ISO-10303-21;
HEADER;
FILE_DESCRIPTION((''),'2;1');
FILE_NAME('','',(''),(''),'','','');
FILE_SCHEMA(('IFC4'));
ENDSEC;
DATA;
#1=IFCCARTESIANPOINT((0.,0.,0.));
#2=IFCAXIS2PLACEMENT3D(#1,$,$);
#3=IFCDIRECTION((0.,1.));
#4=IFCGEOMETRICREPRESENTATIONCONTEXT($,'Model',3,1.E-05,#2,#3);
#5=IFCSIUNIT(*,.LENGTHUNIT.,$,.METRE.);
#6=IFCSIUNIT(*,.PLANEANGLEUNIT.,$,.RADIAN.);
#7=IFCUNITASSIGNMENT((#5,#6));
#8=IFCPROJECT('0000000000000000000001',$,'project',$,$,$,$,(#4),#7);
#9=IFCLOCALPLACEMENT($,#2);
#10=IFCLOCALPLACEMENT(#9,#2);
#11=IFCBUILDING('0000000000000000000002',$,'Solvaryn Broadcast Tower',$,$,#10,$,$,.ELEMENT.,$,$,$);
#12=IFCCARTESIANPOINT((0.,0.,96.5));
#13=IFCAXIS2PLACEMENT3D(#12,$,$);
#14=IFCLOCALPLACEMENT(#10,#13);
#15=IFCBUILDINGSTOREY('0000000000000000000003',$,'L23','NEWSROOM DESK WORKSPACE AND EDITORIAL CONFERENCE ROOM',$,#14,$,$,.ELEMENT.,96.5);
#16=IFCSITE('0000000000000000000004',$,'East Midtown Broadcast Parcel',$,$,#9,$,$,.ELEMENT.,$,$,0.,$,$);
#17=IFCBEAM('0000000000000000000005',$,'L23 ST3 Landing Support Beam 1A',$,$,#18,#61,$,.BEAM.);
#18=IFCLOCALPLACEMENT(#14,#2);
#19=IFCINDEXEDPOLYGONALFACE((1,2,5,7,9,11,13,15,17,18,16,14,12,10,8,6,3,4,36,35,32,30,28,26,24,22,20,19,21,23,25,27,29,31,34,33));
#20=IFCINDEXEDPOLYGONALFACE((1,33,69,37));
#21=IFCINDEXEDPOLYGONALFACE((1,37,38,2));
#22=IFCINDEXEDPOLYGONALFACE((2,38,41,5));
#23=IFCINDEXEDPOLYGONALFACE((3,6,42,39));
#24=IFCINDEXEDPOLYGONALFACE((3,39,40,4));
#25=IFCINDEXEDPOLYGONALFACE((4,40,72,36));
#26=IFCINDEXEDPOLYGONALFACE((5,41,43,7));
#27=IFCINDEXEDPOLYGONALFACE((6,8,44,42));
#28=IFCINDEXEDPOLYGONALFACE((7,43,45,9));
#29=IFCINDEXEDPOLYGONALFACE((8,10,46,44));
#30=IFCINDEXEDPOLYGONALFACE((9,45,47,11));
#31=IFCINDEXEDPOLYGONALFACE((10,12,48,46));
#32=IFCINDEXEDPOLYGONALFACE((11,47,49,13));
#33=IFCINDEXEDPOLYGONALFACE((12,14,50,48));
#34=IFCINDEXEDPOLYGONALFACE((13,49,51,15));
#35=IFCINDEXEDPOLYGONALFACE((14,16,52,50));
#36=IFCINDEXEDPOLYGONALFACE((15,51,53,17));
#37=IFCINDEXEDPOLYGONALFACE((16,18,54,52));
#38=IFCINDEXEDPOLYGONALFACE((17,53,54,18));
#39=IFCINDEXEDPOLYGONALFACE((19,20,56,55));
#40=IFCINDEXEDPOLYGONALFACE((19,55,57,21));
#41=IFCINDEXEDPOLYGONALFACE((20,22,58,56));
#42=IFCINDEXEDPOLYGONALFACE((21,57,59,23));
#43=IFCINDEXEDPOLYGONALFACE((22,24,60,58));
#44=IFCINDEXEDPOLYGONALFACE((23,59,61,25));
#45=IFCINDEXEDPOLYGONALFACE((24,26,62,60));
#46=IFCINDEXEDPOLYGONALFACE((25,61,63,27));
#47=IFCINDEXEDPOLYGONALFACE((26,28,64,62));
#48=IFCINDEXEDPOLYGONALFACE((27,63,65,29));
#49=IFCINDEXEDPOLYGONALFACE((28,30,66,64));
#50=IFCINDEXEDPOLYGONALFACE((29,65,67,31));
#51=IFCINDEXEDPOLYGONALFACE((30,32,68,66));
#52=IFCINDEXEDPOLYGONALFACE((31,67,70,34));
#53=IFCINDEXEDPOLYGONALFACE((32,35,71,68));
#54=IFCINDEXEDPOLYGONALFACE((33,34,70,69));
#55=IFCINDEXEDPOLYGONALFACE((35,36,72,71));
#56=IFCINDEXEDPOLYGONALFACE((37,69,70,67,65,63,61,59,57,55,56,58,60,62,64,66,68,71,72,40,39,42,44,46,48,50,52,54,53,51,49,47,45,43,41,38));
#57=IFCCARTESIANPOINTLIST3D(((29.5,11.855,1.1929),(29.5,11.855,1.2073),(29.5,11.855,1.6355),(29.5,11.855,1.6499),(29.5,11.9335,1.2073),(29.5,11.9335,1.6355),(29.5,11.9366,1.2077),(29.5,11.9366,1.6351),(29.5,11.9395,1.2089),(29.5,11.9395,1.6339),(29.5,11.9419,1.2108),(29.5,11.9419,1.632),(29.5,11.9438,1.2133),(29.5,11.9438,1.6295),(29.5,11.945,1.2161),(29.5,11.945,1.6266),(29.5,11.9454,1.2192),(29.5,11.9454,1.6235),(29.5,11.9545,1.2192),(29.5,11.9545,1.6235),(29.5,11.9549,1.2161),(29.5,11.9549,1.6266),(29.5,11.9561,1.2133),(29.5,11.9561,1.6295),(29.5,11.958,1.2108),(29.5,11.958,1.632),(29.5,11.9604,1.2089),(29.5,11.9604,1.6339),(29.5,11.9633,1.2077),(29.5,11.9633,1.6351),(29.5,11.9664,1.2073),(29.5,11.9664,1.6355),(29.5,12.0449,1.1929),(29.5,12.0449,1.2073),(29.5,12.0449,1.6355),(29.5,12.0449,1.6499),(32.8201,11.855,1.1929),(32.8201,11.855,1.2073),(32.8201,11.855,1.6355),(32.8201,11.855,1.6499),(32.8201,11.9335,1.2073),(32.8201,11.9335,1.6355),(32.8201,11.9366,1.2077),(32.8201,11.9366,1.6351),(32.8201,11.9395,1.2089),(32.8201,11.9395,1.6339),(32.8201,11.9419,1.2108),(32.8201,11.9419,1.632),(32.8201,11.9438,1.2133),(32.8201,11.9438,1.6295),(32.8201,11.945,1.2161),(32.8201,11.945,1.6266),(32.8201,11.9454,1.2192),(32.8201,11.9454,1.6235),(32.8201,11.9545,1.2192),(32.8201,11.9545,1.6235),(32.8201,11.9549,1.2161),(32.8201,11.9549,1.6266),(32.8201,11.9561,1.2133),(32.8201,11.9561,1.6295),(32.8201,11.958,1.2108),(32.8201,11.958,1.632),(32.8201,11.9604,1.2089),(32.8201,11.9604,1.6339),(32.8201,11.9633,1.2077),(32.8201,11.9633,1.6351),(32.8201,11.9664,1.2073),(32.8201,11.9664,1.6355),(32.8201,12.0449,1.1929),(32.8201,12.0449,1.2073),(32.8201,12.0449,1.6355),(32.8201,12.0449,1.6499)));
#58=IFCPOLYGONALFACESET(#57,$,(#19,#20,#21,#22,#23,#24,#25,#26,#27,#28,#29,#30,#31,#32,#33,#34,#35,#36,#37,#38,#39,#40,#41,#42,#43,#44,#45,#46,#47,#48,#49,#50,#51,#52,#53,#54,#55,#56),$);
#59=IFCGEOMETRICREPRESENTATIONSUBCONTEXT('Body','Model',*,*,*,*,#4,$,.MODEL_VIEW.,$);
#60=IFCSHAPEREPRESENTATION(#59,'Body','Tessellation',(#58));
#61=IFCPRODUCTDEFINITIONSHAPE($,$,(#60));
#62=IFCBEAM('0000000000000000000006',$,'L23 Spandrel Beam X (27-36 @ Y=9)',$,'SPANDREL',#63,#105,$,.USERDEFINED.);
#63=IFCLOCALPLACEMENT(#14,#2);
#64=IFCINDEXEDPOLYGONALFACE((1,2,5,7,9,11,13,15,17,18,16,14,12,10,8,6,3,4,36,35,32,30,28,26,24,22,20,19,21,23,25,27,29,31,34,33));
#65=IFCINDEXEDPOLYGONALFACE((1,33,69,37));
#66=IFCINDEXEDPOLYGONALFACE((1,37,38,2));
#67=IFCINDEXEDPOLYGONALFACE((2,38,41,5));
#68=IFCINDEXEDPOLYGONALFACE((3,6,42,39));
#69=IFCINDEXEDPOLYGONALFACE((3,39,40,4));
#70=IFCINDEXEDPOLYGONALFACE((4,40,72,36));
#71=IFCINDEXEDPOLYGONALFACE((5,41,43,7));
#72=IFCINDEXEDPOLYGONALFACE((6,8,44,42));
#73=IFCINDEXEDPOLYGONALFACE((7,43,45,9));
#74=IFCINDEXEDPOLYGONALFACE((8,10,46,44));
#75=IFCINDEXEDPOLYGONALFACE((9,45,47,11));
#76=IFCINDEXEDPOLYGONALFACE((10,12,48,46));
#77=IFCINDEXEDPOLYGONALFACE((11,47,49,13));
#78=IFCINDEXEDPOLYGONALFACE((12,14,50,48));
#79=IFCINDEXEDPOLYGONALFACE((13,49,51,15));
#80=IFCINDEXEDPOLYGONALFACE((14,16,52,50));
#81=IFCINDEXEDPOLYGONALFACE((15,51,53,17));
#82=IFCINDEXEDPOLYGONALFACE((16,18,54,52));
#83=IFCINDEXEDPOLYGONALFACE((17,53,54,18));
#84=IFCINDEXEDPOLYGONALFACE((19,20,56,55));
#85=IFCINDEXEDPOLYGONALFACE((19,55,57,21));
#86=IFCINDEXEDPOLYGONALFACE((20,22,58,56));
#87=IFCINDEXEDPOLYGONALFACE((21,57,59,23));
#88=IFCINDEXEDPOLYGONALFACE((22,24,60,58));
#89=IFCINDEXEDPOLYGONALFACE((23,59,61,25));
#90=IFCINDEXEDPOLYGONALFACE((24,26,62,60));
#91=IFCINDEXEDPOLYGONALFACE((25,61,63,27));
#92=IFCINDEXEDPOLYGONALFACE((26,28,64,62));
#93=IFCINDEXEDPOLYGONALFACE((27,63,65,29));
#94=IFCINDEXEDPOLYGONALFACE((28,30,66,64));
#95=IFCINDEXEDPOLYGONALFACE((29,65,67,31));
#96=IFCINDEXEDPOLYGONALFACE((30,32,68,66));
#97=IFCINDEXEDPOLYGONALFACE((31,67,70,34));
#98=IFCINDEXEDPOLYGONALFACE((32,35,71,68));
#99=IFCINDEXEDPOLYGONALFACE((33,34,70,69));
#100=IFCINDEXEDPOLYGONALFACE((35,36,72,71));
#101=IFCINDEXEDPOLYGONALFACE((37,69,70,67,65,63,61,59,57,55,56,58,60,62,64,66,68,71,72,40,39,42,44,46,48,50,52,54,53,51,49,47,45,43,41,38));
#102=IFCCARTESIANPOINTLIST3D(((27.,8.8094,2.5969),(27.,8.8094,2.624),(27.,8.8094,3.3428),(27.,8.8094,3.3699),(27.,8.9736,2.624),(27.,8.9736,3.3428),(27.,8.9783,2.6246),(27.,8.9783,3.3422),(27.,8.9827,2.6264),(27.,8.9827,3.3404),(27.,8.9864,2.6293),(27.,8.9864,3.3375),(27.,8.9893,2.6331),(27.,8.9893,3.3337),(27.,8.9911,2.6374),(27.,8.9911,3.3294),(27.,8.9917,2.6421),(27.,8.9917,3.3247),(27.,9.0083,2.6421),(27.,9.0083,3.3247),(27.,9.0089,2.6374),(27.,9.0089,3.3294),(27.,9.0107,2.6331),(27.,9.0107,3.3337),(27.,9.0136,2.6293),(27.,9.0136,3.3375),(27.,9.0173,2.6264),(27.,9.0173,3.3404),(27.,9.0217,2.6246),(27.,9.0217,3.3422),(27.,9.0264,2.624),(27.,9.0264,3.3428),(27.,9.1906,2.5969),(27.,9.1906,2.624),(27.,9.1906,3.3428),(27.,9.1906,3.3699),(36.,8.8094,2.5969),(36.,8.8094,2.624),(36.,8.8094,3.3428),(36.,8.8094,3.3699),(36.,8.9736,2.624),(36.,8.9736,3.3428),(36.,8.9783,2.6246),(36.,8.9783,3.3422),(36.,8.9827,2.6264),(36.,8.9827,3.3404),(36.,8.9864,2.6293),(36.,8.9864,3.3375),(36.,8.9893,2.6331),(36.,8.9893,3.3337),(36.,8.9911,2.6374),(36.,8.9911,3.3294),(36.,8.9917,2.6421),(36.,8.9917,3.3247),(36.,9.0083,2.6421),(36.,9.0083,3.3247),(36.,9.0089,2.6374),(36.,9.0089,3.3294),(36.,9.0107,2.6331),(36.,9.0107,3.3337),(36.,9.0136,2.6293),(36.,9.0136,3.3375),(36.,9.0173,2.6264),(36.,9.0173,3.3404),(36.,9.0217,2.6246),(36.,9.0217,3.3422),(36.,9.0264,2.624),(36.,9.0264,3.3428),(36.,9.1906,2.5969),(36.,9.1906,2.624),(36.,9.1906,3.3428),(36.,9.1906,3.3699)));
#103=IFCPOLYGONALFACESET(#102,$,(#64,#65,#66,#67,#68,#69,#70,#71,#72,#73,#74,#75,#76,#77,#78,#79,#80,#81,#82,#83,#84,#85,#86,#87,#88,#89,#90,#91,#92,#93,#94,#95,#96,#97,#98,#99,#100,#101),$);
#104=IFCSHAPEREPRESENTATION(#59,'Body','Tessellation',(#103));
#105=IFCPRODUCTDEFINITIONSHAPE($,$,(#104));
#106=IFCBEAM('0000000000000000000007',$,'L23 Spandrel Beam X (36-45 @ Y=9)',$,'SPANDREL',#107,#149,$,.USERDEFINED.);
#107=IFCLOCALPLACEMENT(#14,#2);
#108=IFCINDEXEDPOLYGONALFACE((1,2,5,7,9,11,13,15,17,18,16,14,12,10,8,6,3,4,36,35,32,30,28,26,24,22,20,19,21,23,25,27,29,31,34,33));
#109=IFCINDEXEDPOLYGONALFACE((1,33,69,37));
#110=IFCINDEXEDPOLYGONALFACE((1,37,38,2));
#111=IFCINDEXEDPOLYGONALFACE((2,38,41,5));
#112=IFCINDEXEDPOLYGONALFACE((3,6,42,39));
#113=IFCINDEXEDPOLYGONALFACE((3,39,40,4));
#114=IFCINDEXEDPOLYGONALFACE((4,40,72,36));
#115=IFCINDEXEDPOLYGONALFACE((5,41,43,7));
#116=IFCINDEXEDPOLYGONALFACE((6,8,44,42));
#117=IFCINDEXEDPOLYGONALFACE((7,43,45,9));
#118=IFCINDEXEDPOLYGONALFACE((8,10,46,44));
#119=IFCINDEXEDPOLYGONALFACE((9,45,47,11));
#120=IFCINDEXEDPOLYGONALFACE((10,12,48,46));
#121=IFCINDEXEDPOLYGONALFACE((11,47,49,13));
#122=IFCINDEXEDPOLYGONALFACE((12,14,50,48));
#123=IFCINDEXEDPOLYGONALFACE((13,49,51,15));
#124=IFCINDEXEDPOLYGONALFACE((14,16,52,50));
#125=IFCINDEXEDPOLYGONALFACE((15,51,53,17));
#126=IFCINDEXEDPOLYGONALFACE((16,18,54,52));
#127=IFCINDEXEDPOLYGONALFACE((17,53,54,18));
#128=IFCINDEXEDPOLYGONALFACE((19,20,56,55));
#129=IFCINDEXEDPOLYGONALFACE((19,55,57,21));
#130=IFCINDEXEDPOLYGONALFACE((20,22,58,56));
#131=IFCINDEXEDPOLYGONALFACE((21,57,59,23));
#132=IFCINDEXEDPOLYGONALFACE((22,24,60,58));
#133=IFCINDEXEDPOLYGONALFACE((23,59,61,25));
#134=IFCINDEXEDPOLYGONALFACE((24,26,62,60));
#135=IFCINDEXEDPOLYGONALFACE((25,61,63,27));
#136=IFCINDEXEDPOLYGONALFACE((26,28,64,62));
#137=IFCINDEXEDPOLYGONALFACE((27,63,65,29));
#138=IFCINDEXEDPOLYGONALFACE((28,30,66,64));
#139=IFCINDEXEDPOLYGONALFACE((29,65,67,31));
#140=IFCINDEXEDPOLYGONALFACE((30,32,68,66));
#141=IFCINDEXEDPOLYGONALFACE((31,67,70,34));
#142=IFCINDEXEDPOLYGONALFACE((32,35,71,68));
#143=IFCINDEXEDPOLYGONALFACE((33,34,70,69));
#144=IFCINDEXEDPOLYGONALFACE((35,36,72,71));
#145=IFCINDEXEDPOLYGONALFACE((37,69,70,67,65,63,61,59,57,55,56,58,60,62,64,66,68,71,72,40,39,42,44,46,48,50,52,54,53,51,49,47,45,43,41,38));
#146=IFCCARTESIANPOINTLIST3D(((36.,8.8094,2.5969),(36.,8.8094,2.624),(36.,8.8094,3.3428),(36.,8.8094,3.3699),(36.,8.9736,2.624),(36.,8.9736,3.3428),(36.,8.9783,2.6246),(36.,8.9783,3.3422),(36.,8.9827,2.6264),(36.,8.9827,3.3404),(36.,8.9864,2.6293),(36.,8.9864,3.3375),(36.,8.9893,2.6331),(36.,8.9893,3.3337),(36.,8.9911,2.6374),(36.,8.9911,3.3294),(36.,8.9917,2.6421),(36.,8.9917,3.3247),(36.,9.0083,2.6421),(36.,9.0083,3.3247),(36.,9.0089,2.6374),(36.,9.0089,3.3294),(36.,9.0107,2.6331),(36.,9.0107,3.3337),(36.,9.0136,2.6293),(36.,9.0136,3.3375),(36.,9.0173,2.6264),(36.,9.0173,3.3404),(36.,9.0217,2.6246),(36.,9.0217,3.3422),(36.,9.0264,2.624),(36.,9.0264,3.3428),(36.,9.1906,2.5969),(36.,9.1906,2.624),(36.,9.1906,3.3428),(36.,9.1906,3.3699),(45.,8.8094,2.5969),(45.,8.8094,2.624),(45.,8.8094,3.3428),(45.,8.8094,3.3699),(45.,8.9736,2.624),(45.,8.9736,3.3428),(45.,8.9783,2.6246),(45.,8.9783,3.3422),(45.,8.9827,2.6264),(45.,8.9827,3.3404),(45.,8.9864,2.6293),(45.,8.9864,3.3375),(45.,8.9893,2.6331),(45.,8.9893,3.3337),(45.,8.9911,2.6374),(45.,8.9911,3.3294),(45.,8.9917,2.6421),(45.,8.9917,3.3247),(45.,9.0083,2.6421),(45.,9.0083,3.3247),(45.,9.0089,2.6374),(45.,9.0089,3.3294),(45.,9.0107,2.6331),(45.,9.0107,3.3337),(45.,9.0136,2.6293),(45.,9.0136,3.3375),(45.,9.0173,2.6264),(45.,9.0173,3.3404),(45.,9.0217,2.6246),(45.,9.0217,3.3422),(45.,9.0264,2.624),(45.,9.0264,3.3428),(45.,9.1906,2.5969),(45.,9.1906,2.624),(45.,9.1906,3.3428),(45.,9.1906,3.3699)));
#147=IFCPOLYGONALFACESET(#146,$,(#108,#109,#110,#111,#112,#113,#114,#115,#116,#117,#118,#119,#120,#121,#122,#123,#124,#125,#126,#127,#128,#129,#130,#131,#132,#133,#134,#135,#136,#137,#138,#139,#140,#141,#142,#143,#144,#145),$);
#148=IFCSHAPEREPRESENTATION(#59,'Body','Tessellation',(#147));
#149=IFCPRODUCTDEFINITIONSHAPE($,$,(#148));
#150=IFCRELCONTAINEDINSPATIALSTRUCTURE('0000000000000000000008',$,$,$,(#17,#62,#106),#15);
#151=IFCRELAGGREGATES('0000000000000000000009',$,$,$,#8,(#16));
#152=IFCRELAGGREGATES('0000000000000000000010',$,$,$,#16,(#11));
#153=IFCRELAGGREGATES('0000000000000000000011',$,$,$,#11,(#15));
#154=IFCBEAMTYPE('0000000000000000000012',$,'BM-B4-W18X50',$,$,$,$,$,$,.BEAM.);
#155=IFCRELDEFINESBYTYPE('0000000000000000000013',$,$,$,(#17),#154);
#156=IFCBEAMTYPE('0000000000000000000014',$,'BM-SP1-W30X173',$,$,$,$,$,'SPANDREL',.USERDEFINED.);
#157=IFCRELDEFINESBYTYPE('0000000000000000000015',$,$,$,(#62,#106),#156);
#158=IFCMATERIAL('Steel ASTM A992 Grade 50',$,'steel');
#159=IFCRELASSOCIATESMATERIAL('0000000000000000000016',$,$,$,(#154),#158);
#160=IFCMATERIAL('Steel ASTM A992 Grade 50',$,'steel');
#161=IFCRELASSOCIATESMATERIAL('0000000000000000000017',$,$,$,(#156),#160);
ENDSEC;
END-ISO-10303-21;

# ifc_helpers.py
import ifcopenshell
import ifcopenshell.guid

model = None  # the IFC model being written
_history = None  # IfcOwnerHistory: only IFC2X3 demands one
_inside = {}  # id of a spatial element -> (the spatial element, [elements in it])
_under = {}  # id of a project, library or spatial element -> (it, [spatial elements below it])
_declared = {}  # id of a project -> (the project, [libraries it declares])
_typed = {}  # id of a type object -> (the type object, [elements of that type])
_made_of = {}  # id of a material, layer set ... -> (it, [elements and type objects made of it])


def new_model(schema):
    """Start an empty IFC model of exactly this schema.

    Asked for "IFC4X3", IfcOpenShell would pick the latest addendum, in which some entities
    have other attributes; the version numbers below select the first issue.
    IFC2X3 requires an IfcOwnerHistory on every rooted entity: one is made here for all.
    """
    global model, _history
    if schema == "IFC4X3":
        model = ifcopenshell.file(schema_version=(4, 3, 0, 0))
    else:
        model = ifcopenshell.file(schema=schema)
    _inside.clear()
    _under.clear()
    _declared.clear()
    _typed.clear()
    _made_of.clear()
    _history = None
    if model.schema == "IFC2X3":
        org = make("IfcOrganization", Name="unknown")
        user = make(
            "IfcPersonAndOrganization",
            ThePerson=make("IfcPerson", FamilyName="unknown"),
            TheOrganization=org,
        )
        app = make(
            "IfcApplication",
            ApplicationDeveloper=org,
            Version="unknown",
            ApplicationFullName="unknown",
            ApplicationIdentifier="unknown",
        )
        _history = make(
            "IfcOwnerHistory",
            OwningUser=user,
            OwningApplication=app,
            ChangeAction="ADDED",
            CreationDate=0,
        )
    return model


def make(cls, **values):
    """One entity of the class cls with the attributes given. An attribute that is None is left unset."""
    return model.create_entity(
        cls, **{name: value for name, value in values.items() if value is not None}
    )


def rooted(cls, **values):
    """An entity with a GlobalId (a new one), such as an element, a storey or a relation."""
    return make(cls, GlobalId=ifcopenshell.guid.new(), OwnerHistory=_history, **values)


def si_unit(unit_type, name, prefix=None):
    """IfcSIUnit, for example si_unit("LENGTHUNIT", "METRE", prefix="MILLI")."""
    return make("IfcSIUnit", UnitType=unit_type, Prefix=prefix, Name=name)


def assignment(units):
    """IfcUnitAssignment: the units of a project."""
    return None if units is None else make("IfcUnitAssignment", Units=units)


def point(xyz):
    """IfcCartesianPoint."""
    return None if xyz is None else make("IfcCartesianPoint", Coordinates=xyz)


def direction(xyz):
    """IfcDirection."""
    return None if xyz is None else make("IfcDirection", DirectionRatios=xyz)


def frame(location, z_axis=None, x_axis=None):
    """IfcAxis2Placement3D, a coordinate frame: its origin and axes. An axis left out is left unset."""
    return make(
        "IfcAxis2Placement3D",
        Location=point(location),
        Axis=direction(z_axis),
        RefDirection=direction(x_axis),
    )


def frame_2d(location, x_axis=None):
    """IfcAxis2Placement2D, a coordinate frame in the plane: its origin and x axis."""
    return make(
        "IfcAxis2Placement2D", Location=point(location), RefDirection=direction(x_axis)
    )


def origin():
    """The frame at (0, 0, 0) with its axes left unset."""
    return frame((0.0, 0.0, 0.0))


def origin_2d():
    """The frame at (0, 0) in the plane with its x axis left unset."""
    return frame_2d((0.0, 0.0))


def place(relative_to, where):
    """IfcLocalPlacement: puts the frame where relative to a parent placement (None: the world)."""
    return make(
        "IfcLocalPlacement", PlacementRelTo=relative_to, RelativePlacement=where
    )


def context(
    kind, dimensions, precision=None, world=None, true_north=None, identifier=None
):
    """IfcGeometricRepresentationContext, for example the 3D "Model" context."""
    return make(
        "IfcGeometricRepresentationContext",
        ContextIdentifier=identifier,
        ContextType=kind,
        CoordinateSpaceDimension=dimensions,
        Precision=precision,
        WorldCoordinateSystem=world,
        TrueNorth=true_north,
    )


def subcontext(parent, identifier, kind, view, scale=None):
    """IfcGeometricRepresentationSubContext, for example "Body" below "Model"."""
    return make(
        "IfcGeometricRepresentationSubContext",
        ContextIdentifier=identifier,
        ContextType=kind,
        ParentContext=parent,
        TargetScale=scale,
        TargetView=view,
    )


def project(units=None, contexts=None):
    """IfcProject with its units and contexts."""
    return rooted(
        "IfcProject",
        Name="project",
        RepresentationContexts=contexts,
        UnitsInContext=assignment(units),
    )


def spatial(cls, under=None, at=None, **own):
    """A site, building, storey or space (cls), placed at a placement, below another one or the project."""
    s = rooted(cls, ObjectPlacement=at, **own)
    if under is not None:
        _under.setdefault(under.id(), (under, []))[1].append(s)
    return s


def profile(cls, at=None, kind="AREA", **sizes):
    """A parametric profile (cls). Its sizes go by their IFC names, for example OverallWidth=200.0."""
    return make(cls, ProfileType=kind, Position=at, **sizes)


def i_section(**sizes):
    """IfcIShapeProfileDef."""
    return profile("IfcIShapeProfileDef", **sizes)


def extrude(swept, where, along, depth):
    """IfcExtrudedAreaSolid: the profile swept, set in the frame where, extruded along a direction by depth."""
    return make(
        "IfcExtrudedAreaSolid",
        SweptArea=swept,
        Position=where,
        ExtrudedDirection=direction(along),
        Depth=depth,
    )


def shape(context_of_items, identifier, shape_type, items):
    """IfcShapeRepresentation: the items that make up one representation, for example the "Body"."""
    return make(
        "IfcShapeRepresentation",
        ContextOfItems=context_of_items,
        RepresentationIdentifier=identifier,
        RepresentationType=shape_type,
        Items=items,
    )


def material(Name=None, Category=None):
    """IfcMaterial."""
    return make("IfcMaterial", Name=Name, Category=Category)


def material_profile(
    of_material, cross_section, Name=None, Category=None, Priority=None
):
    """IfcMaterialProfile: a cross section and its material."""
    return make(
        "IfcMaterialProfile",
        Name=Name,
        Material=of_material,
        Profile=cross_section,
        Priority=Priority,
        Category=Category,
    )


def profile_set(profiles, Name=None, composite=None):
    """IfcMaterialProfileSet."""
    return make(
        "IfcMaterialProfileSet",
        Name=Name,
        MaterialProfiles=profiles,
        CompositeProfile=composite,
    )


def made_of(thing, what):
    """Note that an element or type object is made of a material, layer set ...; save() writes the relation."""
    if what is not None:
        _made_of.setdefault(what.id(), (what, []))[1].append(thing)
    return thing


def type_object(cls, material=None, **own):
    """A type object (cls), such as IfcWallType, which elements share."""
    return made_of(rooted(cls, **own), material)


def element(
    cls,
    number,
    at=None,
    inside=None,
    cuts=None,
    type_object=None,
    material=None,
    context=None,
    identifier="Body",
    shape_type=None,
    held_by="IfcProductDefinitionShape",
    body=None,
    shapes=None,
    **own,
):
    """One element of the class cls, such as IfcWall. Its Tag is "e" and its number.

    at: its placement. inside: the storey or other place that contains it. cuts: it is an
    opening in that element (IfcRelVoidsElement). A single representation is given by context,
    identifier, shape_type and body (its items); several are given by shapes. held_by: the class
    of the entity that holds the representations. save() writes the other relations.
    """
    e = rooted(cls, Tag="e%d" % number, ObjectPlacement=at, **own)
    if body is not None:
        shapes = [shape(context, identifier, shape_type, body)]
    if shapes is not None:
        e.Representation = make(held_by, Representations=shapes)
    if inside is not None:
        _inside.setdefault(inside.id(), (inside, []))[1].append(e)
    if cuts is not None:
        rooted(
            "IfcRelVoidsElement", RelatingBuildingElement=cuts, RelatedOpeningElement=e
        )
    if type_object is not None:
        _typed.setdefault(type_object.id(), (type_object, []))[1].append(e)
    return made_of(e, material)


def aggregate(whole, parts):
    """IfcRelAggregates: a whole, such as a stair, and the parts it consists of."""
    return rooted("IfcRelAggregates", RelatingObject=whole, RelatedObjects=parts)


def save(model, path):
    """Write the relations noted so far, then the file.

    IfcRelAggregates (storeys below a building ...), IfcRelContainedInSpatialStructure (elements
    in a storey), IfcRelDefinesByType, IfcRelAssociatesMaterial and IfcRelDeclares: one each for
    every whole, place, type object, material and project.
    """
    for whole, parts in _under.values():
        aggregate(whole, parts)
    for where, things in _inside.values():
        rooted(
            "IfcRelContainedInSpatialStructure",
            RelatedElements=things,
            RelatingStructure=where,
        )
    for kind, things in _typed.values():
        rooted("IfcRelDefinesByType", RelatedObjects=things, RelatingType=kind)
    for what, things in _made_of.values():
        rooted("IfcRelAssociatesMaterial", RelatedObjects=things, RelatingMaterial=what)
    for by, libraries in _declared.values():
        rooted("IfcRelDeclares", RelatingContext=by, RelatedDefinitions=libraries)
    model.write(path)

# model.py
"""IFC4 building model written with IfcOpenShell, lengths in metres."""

from ifc_helpers import new_model, si_unit, direction, frame, origin, origin_2d, place, context, subcontext, project, spatial, i_section, extrude, material, material_profile, profile_set, type_object, element, save


model = new_model("IFC4")

# Units and contexts
model_context = context("Model", 3, precision=1e-05, world=origin(), true_north=direction((0.0, 1.0)))
body_context = subcontext(model_context, "Body", "Model", "MODEL_VIEW")
ifc_project = project(units=[si_unit("LENGTHUNIT", "METRE"), si_unit("PLANEANGLEUNIT", "RADIAN")], contexts=[model_context])

# Site, building, storey
site_placement = place(None, origin())
site = spatial("IfcSite", under=ifc_project, at=site_placement, Name="East Midtown Broadcast Parcel", CompositionType="ELEMENT", RefElevation=0.0)
building_placement = place(site_placement, origin())
building = spatial("IfcBuilding", under=site, at=building_placement, Name="Solvaryn Broadcast Tower", CompositionType="ELEMENT")
storey_placement = place(building_placement, frame((0.0, 0.0, 96.5)))
storey = spatial("IfcBuildingStorey", under=building, at=storey_placement, Name="L23", Description="NEWSROOM DESK WORKSPACE AND EDITORIAL CONFERENCE ROOM", CompositionType="ELEMENT", Elevation=96.5)

# Beams
ifc_material_1 = material(Name="Steel ASTM A992 Grade 50", Category="steel")
ifc_material_profile_1 = material_profile(ifc_material_1, i_section(OverallWidth=0.1899, OverallDepth=0.457, WebThickness=0.009, FlangeThickness=0.0144, FilletRadius=0.012, at=origin_2d()))
ifc_profile_set_1 = profile_set([ifc_material_profile_1], Name="Steel ASTM A992 Grade 50")
beam_type_1 = type_object("IfcBeamType", Name="BM-B4-W18X50", PredefinedType="BEAM", material=ifc_profile_set_1)
beam_1_placement = place(storey_placement, frame((29.5, 11.95, 1.4214), z_axis=(1.0, 0.0, 0.0), x_axis=(0.0, 1.0, 0.0)))
element("IfcBeam", 1, at=beam_1_placement, inside=storey, type_object=beam_type_1, Name="L23 ST3 Landing Support Beam 1A", PredefinedType="BEAM", context=body_context, shape_type="SweptSolid", body=[
    extrude(i_section(OverallWidth=0.1899, OverallDepth=0.457, WebThickness=0.009, FlangeThickness=0.0144, FilletRadius=0.012, at=origin_2d()), origin(), (0.0, 0.0, 1.0), 3.3201),
])
ifc_material_2 = material(Name="Steel ASTM A992 Grade 50", Category="steel")
ifc_material_profile_2 = material_profile(ifc_material_2, i_section(OverallWidth=0.3811, OverallDepth=0.7729, WebThickness=0.0166, FlangeThickness=0.0271, FilletRadius=0.0181, at=origin_2d()))
ifc_profile_set_2 = profile_set([ifc_material_profile_2], Name="Steel ASTM A992 Grade 50")
beam_type_2 = type_object("IfcBeamType", Name="BM-SP1-W30X173", ElementType="SPANDREL", PredefinedType="USERDEFINED", material=ifc_profile_set_2)
for number, where, z_axis, x_axis, name in (
    (2, (27.0, 9.0, 2.9834), (1.0, 0.0, 0.0), (0.0, 1.0, 0.0), "L23 Spandrel Beam X (27-36 @ Y=9)"),
    (3, (36.0, 9.0, 2.9834), (1.0, 0.0, 0.0), (0.0, 1.0, 0.0), "L23 Spandrel Beam X (36-45 @ Y=9)"),
):
    element("IfcBeam", number, at=place(storey_placement, frame(where, z_axis=z_axis, x_axis=x_axis)), inside=storey, type_object=beam_type_2, Name=name, ObjectType="SPANDREL", PredefinedType="USERDEFINED", context=body_context, shape_type="SweptSolid", body=[
        extrude(i_section(OverallWidth=0.3811, OverallDepth=0.7729, WebThickness=0.0166, FlangeThickness=0.0271, FilletRadius=0.0181, at=origin_2d()), origin(), (0.0, 0.0, 1.0), 9.0),
    ])

save(model, "model.ifc")
